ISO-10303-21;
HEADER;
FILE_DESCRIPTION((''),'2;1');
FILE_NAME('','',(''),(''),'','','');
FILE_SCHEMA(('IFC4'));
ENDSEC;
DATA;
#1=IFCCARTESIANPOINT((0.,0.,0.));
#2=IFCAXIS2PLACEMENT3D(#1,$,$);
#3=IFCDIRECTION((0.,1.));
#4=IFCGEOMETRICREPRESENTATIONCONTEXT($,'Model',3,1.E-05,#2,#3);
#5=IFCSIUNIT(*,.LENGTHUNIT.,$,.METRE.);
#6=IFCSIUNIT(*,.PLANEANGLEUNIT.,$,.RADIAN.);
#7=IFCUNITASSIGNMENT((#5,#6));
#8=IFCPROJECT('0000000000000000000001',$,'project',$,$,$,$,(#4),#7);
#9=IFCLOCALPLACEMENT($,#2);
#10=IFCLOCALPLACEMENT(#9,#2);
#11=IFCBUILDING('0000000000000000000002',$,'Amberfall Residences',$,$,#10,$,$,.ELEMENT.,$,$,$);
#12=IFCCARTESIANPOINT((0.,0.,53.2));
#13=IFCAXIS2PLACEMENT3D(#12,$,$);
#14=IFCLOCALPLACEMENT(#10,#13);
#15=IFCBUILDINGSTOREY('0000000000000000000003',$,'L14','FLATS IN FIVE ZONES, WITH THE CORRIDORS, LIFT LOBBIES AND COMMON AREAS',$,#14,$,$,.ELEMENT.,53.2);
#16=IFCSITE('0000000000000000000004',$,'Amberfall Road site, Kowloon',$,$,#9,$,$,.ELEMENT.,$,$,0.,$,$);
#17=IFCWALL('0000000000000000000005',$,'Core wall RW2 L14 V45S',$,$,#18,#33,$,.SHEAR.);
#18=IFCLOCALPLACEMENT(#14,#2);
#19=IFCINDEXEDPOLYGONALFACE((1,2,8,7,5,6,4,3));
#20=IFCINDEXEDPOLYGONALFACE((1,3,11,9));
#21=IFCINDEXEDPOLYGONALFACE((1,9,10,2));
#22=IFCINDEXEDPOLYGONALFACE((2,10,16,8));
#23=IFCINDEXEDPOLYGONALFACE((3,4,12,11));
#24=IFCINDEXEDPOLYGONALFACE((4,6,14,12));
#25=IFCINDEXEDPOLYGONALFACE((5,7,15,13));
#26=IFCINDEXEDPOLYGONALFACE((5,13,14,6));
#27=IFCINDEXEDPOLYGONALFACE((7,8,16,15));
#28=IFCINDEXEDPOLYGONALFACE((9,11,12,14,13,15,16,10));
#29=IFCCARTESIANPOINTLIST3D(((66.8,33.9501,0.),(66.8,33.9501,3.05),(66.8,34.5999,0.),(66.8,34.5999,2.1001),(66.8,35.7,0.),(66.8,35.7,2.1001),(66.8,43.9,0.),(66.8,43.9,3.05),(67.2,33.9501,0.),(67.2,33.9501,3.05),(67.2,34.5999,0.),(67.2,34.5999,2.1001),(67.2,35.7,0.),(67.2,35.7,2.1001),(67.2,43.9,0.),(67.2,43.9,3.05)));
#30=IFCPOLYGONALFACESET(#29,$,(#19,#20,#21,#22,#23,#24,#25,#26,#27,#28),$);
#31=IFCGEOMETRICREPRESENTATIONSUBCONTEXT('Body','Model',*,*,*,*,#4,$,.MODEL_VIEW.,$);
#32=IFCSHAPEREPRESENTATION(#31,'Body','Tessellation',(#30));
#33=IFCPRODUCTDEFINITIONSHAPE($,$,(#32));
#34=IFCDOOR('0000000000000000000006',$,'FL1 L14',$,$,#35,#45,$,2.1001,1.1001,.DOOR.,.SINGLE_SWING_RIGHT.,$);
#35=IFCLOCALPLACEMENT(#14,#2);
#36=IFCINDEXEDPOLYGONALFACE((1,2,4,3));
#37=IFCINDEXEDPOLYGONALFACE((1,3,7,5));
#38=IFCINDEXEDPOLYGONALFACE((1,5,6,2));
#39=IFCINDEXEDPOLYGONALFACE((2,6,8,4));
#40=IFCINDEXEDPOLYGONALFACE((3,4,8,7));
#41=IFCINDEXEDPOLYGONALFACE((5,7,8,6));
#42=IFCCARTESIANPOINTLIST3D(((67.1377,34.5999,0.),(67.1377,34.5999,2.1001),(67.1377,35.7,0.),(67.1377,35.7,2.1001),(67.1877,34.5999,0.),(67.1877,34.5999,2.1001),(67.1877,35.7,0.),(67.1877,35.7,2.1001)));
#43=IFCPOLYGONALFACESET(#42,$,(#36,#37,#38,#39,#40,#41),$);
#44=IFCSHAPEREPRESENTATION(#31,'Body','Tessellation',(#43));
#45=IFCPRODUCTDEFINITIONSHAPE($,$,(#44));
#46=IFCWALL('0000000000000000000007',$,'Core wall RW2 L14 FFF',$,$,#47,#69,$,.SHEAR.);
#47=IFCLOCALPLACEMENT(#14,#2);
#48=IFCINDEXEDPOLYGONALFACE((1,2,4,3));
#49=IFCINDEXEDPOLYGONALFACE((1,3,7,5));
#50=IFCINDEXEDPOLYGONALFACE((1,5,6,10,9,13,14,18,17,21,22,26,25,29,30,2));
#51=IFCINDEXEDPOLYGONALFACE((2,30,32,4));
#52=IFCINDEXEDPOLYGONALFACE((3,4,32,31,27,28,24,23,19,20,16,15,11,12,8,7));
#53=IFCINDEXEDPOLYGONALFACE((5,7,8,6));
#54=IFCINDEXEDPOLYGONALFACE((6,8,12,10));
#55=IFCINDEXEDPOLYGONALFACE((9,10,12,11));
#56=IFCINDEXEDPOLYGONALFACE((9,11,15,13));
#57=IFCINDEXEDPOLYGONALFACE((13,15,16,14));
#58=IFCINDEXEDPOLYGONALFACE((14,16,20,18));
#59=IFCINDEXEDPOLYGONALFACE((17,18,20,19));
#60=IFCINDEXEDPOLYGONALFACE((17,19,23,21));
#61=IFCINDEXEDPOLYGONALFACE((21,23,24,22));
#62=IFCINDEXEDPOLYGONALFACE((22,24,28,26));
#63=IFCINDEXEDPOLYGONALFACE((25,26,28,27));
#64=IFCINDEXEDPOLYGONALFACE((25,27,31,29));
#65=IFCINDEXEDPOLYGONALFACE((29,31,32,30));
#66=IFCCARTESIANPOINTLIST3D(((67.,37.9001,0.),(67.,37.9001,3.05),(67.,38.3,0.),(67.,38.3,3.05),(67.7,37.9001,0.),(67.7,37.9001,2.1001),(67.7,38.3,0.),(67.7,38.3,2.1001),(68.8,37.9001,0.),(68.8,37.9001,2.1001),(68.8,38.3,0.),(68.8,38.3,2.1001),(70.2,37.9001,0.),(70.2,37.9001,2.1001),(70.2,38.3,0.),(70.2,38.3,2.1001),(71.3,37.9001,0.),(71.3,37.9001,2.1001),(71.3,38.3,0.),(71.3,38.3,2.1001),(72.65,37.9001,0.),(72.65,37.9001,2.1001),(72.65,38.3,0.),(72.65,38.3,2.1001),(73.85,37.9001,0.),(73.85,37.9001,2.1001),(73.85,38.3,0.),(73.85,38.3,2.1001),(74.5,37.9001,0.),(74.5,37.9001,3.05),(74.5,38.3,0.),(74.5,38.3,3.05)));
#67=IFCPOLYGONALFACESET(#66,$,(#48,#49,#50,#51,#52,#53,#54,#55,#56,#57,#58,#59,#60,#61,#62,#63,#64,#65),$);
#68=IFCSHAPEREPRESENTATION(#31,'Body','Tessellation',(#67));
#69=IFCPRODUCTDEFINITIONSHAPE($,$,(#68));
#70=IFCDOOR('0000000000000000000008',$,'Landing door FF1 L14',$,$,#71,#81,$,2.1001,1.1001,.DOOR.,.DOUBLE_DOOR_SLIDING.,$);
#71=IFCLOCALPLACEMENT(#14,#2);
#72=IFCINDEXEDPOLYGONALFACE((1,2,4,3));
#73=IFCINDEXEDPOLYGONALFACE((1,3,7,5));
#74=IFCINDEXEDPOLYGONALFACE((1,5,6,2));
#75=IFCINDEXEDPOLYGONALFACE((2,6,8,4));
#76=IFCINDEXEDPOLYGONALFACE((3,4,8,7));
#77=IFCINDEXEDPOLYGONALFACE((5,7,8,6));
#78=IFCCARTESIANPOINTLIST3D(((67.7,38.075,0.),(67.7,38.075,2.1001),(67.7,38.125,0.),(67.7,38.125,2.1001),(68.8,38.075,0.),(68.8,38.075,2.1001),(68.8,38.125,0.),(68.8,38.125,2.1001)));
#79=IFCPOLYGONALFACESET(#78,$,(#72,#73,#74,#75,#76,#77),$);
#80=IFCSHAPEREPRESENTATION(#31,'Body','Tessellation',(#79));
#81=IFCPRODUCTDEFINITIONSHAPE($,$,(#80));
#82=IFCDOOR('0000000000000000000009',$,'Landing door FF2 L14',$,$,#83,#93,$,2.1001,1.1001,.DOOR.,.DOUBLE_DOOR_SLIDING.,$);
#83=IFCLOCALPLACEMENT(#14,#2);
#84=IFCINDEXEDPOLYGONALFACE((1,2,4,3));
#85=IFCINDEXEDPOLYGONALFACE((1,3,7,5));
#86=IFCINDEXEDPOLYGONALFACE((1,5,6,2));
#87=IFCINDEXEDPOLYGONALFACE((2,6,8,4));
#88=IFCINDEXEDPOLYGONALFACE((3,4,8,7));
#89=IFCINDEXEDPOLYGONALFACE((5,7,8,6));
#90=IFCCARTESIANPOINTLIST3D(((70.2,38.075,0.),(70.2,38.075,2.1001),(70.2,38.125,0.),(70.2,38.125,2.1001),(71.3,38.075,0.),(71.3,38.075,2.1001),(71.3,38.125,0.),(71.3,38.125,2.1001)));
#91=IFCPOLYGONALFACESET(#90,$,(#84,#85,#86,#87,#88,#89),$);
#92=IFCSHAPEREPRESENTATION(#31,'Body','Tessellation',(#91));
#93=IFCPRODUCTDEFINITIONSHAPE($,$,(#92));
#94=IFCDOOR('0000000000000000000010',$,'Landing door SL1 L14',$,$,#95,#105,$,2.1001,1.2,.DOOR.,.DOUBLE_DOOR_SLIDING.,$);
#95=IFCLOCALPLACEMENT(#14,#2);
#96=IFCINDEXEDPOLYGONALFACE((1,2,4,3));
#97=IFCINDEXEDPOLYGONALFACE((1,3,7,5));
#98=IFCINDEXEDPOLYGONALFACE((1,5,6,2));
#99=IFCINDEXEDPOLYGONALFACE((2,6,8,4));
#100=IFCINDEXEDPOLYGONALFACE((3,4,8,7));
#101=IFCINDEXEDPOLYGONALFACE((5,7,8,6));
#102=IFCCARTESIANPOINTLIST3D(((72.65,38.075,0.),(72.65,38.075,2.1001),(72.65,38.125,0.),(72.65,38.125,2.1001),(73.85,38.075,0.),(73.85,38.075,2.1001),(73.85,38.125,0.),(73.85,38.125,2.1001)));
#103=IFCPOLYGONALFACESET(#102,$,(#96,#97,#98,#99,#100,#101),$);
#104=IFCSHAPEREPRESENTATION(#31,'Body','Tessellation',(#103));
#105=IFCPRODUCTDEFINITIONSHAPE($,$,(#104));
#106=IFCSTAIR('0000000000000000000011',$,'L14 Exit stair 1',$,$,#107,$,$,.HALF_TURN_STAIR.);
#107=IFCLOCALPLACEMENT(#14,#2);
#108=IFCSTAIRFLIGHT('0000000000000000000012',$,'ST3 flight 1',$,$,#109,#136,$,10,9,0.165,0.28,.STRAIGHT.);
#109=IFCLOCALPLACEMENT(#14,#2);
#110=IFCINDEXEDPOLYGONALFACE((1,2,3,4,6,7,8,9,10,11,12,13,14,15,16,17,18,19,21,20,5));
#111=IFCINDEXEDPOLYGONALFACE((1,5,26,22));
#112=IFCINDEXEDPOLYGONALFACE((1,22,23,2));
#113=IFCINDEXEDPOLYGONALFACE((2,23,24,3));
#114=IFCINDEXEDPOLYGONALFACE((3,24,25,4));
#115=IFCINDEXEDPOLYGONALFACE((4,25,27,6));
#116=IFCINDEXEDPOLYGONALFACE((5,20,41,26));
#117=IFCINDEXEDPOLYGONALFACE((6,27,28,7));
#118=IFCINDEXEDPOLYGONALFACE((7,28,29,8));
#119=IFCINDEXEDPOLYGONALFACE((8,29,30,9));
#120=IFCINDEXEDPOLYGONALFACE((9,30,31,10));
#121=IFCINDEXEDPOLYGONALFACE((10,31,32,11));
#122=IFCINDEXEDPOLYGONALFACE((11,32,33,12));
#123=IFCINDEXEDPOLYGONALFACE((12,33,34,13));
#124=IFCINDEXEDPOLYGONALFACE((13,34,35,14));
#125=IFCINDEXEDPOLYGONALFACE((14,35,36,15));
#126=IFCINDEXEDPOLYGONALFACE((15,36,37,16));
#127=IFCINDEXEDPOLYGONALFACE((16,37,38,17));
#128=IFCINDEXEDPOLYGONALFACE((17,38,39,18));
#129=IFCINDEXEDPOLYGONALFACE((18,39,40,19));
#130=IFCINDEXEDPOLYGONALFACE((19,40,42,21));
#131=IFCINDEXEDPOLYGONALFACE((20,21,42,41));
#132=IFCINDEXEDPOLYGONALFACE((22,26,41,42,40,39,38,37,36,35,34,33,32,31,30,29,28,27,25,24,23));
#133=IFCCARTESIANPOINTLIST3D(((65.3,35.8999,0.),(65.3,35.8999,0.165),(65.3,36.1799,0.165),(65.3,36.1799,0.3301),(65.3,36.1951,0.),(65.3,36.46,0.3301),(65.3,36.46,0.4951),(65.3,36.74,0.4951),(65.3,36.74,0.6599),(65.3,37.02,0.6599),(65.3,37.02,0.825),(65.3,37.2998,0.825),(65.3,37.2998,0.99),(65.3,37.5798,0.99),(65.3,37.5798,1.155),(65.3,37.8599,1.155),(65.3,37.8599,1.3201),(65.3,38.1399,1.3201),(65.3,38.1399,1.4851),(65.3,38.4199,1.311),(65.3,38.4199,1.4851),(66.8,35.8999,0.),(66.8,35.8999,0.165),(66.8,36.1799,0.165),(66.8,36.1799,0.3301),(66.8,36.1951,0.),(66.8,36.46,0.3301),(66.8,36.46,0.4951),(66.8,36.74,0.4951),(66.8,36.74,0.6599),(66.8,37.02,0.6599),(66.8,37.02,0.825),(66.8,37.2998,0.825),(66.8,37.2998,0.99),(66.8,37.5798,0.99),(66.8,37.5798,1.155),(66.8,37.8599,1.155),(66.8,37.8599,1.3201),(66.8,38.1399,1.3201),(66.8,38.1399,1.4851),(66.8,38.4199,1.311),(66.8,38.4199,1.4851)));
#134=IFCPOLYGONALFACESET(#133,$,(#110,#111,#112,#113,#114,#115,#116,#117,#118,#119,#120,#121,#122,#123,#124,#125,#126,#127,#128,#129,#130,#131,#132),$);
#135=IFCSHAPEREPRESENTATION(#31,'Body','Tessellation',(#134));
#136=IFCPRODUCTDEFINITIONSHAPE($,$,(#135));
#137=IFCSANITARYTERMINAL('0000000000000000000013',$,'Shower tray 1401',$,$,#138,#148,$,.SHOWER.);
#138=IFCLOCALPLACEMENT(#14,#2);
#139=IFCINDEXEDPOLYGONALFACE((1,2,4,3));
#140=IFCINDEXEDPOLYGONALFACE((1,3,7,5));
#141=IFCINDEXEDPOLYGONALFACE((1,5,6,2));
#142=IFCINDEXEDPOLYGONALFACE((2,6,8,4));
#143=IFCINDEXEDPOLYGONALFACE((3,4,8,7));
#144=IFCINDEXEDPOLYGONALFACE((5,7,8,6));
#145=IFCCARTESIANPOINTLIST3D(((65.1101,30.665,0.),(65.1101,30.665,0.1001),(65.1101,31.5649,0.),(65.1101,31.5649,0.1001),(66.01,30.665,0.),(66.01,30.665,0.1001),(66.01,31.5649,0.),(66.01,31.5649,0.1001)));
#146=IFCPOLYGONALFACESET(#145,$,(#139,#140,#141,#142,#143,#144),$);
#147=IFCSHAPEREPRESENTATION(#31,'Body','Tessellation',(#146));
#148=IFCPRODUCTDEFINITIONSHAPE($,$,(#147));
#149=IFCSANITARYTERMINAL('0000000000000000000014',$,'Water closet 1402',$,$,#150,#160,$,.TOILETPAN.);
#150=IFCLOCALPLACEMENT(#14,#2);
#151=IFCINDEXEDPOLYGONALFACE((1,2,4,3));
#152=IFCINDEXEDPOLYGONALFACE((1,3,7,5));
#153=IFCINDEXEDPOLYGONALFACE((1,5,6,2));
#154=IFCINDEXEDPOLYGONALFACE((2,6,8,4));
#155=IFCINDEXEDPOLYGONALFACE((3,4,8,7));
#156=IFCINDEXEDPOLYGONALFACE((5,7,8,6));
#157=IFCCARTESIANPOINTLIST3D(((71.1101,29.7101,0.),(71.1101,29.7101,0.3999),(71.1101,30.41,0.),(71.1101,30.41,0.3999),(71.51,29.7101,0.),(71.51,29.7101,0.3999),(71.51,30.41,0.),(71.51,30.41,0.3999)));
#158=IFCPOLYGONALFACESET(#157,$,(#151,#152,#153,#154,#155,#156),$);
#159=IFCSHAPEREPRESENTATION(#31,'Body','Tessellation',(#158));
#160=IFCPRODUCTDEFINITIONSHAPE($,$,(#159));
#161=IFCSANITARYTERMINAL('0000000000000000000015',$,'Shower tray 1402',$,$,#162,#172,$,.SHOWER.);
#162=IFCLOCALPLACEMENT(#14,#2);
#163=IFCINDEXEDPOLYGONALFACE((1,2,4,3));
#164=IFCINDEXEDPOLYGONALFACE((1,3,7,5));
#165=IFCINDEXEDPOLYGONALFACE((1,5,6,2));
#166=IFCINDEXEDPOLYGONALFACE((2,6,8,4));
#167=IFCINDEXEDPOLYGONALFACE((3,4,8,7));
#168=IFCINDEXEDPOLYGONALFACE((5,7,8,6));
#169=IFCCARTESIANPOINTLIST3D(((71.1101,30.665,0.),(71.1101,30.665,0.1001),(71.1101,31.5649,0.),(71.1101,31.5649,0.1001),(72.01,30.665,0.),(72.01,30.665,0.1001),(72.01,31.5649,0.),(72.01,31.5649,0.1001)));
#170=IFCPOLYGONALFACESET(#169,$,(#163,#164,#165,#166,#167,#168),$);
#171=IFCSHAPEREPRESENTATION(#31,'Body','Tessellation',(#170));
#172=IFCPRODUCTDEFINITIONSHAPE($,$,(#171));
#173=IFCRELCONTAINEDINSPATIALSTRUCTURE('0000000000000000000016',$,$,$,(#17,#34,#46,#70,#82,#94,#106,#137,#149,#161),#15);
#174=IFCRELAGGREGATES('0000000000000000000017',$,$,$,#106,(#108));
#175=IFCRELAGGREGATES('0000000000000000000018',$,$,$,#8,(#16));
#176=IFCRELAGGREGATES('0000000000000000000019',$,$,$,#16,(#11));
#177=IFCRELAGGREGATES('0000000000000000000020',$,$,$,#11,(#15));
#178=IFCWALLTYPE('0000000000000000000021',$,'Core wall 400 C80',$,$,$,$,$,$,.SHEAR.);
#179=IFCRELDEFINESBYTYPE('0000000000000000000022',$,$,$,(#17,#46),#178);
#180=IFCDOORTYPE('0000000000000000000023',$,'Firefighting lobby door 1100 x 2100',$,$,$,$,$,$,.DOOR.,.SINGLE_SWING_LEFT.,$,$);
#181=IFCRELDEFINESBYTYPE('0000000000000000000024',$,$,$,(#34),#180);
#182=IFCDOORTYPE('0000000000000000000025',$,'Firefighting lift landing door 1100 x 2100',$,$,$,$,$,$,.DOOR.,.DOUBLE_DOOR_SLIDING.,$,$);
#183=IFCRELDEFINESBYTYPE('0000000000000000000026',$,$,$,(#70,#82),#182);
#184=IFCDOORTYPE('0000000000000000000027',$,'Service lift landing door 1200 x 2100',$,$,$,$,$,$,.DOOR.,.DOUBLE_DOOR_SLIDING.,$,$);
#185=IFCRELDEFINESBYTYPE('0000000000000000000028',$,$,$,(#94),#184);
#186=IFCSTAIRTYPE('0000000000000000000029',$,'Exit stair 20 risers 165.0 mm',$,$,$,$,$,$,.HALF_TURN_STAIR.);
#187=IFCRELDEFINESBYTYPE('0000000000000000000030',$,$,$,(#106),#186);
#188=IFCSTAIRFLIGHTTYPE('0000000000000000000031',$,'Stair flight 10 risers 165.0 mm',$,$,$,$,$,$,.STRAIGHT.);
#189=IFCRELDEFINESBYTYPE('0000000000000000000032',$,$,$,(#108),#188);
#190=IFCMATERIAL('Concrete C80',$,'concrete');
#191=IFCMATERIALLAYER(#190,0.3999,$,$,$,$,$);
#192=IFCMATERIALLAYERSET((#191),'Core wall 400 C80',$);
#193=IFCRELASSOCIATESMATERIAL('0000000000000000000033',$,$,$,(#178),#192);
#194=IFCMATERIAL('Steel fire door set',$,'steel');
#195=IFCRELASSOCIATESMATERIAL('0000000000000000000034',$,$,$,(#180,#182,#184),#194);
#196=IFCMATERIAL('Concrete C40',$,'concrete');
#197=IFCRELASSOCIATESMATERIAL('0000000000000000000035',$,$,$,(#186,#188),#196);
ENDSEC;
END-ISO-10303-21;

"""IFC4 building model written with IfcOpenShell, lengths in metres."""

from ifc_helpers import new_model, si_unit, direction, frame, frame_2d, origin, origin_2d, place, context, subcontext, project, spatial, polyline, rectangle, outline, extrude, material, layer, layer_set, type_object, element, fill, aggregate, save


model = new_model("IFC4")

# Units and contexts
model_context = context("Model", 3, precision=1e-05, world=origin(), true_north=direction((0.0, 1.0)))
body_context = subcontext(model_context, "Body", "Model", "MODEL_VIEW")
ifc_project = project(units=[si_unit("LENGTHUNIT", "METRE"), si_unit("PLANEANGLEUNIT", "RADIAN")], contexts=[model_context])

# Site, building, storey
site_placement = place(None, origin())
site = spatial("IfcSite", under=ifc_project, at=site_placement, Name="Amberfall Road site, Kowloon", CompositionType="ELEMENT", RefElevation=0.0)
building_placement = place(site_placement, origin())
building = spatial("IfcBuilding", under=site, at=building_placement, Name="Amberfall Residences", CompositionType="ELEMENT")
storey_placement = place(building_placement, frame((0.0, 0.0, 53.2)))
storey = spatial("IfcBuildingStorey", under=building, at=storey_placement, Name="L14", Description="FLATS IN FIVE ZONES, WITH THE CORRIDORS, LIFT LOBBIES AND COMMON AREAS", CompositionType="ELEMENT", Elevation=53.2)

# Wall, opening, door
ifc_material_1 = material(Name="Concrete C80", Category="concrete")
ifc_layer = layer(ifc_material_1, 0.3999)
ifc_layer_set = layer_set([ifc_layer], Name="Core wall 400 C80")
wall_type = type_object("IfcWallType", Name="Core wall 400 C80", PredefinedType="SHEAR", material=ifc_layer_set)
wall_1_placement = place(storey_placement, frame((67.0, 33.95, 0.0), z_axis=(0.0, 0.0, 1.0), x_axis=(0.0, 1.0, 0.0)))
wall_1 = element("IfcWall", 1, at=wall_1_placement, inside=storey, type_object=wall_type, Name="Core wall RW2 L14 V45S", PredefinedType="SHEAR", context=body_context, shape_type="SweptSolid", body=[
    extrude(rectangle(XDim=9.95, YDim=0.3999, at=frame_2d((4.9751, 0.0))), origin(), (0.0, 0.0, 1.0), 3.05),
])
opening_1_placement = place(wall_1_placement, frame((0.6499, 0.0, 0.0)))
opening_1 = element("IfcOpeningElement", 2, at=opening_1_placement, cuts=wall_1, PredefinedType="OPENING", context=body_context, shape_type="SweptSolid", body=[
    extrude(rectangle(XDim=1.1001, YDim=2.1001, at=frame_2d((0.55, 1.05))), frame((0.0, 0.21, 0.0), z_axis=(0.0, -1.0, 0.0), x_axis=(1.0, 0.0, 0.0)), (0.0, 0.0, 1.0), 0.4199),
])
ifc_material_2 = material(Name="Steel fire door set", Category="steel")
door_type_1 = type_object("IfcDoorType", Name="Firefighting lobby door 1100 x 2100", OperationType="SINGLE_SWING_LEFT", PredefinedType="DOOR", material=ifc_material_2)
door_1_placement = place(opening_1_placement, origin())
door_1 = element("IfcDoor", 3, at=door_1_placement, inside=storey, type_object=door_type_1, Name="FL1 L14", OperationType="SINGLE_SWING_RIGHT", OverallHeight=2.1001, OverallWidth=1.1001, PredefinedType="DOOR", context=body_context, shape_type="SweptSolid", body=[
    extrude(rectangle(XDim=1.1001, YDim=2.1001, at=frame_2d((0.55, 1.05))), frame((0.0, -0.1377, 0.0), z_axis=(0.0, -1.0, 0.0), x_axis=(1.0, 0.0, 0.0)), (0.0, 0.0, 1.0), 0.05),
])
fill(opening_1, door_1)

# Wall, openings, doors
wall_2_placement = place(storey_placement, frame((67.0, 38.1001, 0.0), z_axis=(0.0, 0.0, 1.0), x_axis=(1.0, 0.0, 0.0)))
wall_2 = element("IfcWall", 4, at=wall_2_placement, inside=storey, type_object=wall_type, Name="Core wall RW2 L14 FFF", PredefinedType="SHEAR", context=body_context, shape_type="SweptSolid", body=[
    extrude(rectangle(XDim=7.5, YDim=0.3999, at=frame_2d((3.75, 0.0))), origin(), (0.0, 0.0, 1.0), 3.05),
])
opening_2_placement = place(wall_2_placement, frame((0.7, 0.0, 0.0)))
opening_2 = element("IfcOpeningElement", 5, at=opening_2_placement, cuts=wall_2, PredefinedType="OPENING", context=body_context, shape_type="SweptSolid", body=[
    extrude(rectangle(XDim=1.1001, YDim=2.1001, at=frame_2d((0.55, 1.05))), frame((0.0, 0.21, 0.0), z_axis=(0.0, -1.0, 0.0), x_axis=(1.0, 0.0, 0.0)), (0.0, 0.0, 1.0), 0.4199),
])
opening_3_placement = place(wall_2_placement, frame((3.2, 0.0, 0.0)))
opening_3 = element("IfcOpeningElement", 6, at=opening_3_placement, cuts=wall_2, PredefinedType="OPENING", context=body_context, shape_type="SweptSolid", body=[
    extrude(rectangle(XDim=1.1001, YDim=2.1001, at=frame_2d((0.55, 1.05))), frame((0.0, 0.21, 0.0), z_axis=(0.0, -1.0, 0.0), x_axis=(1.0, 0.0, 0.0)), (0.0, 0.0, 1.0), 0.4199),
])
opening_4_placement = place(wall_2_placement, frame((5.6499, 0.0, 0.0)))
opening_4 = element("IfcOpeningElement", 7, at=opening_4_placement, cuts=wall_2, PredefinedType="OPENING", context=body_context, shape_type="SweptSolid", body=[
    extrude(rectangle(XDim=1.2, YDim=2.1001, at=frame_2d((0.6001, 1.05))), frame((0.0, 0.21, 0.0), z_axis=(0.0, -1.0, 0.0), x_axis=(1.0, 0.0, 0.0)), (0.0, 0.0, 1.0), 0.4199),
])
door_type_2 = type_object("IfcDoorType", Name="Firefighting lift landing door 1100 x 2100", OperationType="DOUBLE_DOOR_SLIDING", PredefinedType="DOOR", material=ifc_material_2)
door_2_placement = place(opening_2_placement, origin())
door_2 = element("IfcDoor", 8, at=door_2_placement, inside=storey, type_object=door_type_2, Name="Landing door FF1 L14", OperationType="DOUBLE_DOOR_SLIDING", OverallHeight=2.1001, OverallWidth=1.1001, PredefinedType="DOOR", context=body_context, shape_type="SweptSolid", body=[
    extrude(rectangle(XDim=1.1001, YDim=2.1001, at=frame_2d((0.55, 1.05))), frame((0.0, 0.0249, 0.0), z_axis=(0.0, -1.0, 0.0), x_axis=(1.0, 0.0, 0.0)), (0.0, 0.0, 1.0), 0.05),
])
fill(opening_2, door_2)
door_3_placement = place(opening_3_placement, origin())
door_3 = element("IfcDoor", 9, at=door_3_placement, inside=storey, type_object=door_type_2, Name="Landing door FF2 L14", OperationType="DOUBLE_DOOR_SLIDING", OverallHeight=2.1001, OverallWidth=1.1001, PredefinedType="DOOR", context=body_context, shape_type="SweptSolid", body=[
    extrude(rectangle(XDim=1.1001, YDim=2.1001, at=frame_2d((0.55, 1.05))), frame((0.0, 0.0249, 0.0), z_axis=(0.0, -1.0, 0.0), x_axis=(1.0, 0.0, 0.0)), (0.0, 0.0, 1.0), 0.05),
])
fill(opening_3, door_3)
door_type_3 = type_object("IfcDoorType", Name="Service lift landing door 1200 x 2100", OperationType="DOUBLE_DOOR_SLIDING", PredefinedType="DOOR", material=ifc_material_2)
door_4_placement = place(opening_4_placement, origin())
door_4 = element("IfcDoor", 10, at=door_4_placement, inside=storey, type_object=door_type_3, Name="Landing door SL1 L14", OperationType="DOUBLE_DOOR_SLIDING", OverallHeight=2.1001, OverallWidth=1.2, PredefinedType="DOOR", context=body_context, shape_type="SweptSolid", body=[
    extrude(rectangle(XDim=1.2, YDim=2.1001, at=frame_2d((0.6001, 1.05))), frame((0.0, 0.0249, 0.0), z_axis=(0.0, -1.0, 0.0), x_axis=(1.0, 0.0, 0.0)), (0.0, 0.0, 1.0), 0.05),
])
fill(opening_4, door_4)

# Stair, stair flight
ifc_material_3 = material(Name="Concrete C40", Category="concrete")
stair_type = type_object("IfcStairType", Name="Exit stair 20 risers 165.0 mm", PredefinedType="HALF_TURN_STAIR", material=ifc_material_3)
stair_placement = place(storey_placement, origin())
stair = element("IfcStair", 11, at=stair_placement, inside=storey, type_object=stair_type, Name="L14 Exit stair 1", PredefinedType="HALF_TURN_STAIR")
stair_flight_type = type_object("IfcStairFlightType", Name="Stair flight 10 risers 165.0 mm", PredefinedType="STRAIGHT", material=ifc_material_3)
stair_flight_placement = place(storey_placement, frame((66.05, 35.8999, 0.0), z_axis=(0.0, 0.0, 1.0), x_axis=(0.0, 1.0, 0.0)))
stair_flight = element("IfcStairFlight", 12, at=stair_flight_placement, type_object=stair_flight_type, Name="ST3 flight 1", NumberOfRisers=10, NumberOfTreads=9, PredefinedType="STRAIGHT", RiserHeight=0.165, TreadLength=0.28, context=body_context, shape_type="SweptSolid", body=[
    extrude(outline(polyline([(0.0, 0.0), (0.0, 0.165), (0.28, 0.165), (0.28, 0.3301), (0.5601, 0.3301), (0.5601, 0.4951), (0.8401, 0.4951), (0.8401, 0.6599), (1.1201, 0.6599), (1.1201, 0.825), (1.3999, 0.825), (1.3999, 0.99), (1.6799, 0.99), (1.6799, 1.155), (1.96, 1.155), (1.96, 1.3201), (2.24, 1.3201), (2.24, 1.4851), (2.52, 1.4851), (2.52, 1.6499), (2.52, 1.311), (0.2952, 0.0), (0.0, 0.0)])), frame((0.0, 0.75, 0.0), z_axis=(0.0, -1.0, 0.0), x_axis=(1.0, 0.0, 0.0)), (0.0, 0.0, 1.0), 1.5),
])
aggregate(stair, [stair_flight])

# Sanitary terminals
sanitary_terminal_1_placement = place(storey_placement, frame((65.5601, 31.115, 0.0), z_axis=(0.0, 0.0, 1.0), x_axis=(1.0, 0.0, 0.0)))
element("IfcSanitaryTerminal", 13, at=sanitary_terminal_1_placement, inside=storey, Name="Shower tray 1401", PredefinedType="SHOWER", context=body_context, shape_type="SweptSolid", body=[
    extrude(rectangle(XDim=0.8999, YDim=0.8999, at=origin_2d()), origin(), (0.0, 0.0, 1.0), 0.1001),
])
sanitary_terminal_2_placement = place(storey_placement, frame((71.3101, 30.0601, 0.0), z_axis=(0.0, 0.0, 1.0), x_axis=(1.0, 0.0, 0.0)))
element("IfcSanitaryTerminal", 14, at=sanitary_terminal_2_placement, inside=storey, Name="Water closet 1402", PredefinedType="TOILETPAN", context=body_context, shape_type="SweptSolid", body=[
    extrude(rectangle(XDim=0.3999, YDim=0.7, at=origin_2d()), origin(), (0.0, 0.0, 1.0), 0.3999),
])
sanitary_terminal_3_placement = place(storey_placement, frame((71.5601, 31.115, 0.0), z_axis=(0.0, 0.0, 1.0), x_axis=(1.0, 0.0, 0.0)))
element("IfcSanitaryTerminal", 15, at=sanitary_terminal_3_placement, inside=storey, Name="Shower tray 1402", PredefinedType="SHOWER", context=body_context, shape_type="SweptSolid", body=[
    extrude(rectangle(XDim=0.8999, YDim=0.8999, at=origin_2d()), origin(), (0.0, 0.0, 1.0), 0.1001),
])

save(model, "model.ifc")
